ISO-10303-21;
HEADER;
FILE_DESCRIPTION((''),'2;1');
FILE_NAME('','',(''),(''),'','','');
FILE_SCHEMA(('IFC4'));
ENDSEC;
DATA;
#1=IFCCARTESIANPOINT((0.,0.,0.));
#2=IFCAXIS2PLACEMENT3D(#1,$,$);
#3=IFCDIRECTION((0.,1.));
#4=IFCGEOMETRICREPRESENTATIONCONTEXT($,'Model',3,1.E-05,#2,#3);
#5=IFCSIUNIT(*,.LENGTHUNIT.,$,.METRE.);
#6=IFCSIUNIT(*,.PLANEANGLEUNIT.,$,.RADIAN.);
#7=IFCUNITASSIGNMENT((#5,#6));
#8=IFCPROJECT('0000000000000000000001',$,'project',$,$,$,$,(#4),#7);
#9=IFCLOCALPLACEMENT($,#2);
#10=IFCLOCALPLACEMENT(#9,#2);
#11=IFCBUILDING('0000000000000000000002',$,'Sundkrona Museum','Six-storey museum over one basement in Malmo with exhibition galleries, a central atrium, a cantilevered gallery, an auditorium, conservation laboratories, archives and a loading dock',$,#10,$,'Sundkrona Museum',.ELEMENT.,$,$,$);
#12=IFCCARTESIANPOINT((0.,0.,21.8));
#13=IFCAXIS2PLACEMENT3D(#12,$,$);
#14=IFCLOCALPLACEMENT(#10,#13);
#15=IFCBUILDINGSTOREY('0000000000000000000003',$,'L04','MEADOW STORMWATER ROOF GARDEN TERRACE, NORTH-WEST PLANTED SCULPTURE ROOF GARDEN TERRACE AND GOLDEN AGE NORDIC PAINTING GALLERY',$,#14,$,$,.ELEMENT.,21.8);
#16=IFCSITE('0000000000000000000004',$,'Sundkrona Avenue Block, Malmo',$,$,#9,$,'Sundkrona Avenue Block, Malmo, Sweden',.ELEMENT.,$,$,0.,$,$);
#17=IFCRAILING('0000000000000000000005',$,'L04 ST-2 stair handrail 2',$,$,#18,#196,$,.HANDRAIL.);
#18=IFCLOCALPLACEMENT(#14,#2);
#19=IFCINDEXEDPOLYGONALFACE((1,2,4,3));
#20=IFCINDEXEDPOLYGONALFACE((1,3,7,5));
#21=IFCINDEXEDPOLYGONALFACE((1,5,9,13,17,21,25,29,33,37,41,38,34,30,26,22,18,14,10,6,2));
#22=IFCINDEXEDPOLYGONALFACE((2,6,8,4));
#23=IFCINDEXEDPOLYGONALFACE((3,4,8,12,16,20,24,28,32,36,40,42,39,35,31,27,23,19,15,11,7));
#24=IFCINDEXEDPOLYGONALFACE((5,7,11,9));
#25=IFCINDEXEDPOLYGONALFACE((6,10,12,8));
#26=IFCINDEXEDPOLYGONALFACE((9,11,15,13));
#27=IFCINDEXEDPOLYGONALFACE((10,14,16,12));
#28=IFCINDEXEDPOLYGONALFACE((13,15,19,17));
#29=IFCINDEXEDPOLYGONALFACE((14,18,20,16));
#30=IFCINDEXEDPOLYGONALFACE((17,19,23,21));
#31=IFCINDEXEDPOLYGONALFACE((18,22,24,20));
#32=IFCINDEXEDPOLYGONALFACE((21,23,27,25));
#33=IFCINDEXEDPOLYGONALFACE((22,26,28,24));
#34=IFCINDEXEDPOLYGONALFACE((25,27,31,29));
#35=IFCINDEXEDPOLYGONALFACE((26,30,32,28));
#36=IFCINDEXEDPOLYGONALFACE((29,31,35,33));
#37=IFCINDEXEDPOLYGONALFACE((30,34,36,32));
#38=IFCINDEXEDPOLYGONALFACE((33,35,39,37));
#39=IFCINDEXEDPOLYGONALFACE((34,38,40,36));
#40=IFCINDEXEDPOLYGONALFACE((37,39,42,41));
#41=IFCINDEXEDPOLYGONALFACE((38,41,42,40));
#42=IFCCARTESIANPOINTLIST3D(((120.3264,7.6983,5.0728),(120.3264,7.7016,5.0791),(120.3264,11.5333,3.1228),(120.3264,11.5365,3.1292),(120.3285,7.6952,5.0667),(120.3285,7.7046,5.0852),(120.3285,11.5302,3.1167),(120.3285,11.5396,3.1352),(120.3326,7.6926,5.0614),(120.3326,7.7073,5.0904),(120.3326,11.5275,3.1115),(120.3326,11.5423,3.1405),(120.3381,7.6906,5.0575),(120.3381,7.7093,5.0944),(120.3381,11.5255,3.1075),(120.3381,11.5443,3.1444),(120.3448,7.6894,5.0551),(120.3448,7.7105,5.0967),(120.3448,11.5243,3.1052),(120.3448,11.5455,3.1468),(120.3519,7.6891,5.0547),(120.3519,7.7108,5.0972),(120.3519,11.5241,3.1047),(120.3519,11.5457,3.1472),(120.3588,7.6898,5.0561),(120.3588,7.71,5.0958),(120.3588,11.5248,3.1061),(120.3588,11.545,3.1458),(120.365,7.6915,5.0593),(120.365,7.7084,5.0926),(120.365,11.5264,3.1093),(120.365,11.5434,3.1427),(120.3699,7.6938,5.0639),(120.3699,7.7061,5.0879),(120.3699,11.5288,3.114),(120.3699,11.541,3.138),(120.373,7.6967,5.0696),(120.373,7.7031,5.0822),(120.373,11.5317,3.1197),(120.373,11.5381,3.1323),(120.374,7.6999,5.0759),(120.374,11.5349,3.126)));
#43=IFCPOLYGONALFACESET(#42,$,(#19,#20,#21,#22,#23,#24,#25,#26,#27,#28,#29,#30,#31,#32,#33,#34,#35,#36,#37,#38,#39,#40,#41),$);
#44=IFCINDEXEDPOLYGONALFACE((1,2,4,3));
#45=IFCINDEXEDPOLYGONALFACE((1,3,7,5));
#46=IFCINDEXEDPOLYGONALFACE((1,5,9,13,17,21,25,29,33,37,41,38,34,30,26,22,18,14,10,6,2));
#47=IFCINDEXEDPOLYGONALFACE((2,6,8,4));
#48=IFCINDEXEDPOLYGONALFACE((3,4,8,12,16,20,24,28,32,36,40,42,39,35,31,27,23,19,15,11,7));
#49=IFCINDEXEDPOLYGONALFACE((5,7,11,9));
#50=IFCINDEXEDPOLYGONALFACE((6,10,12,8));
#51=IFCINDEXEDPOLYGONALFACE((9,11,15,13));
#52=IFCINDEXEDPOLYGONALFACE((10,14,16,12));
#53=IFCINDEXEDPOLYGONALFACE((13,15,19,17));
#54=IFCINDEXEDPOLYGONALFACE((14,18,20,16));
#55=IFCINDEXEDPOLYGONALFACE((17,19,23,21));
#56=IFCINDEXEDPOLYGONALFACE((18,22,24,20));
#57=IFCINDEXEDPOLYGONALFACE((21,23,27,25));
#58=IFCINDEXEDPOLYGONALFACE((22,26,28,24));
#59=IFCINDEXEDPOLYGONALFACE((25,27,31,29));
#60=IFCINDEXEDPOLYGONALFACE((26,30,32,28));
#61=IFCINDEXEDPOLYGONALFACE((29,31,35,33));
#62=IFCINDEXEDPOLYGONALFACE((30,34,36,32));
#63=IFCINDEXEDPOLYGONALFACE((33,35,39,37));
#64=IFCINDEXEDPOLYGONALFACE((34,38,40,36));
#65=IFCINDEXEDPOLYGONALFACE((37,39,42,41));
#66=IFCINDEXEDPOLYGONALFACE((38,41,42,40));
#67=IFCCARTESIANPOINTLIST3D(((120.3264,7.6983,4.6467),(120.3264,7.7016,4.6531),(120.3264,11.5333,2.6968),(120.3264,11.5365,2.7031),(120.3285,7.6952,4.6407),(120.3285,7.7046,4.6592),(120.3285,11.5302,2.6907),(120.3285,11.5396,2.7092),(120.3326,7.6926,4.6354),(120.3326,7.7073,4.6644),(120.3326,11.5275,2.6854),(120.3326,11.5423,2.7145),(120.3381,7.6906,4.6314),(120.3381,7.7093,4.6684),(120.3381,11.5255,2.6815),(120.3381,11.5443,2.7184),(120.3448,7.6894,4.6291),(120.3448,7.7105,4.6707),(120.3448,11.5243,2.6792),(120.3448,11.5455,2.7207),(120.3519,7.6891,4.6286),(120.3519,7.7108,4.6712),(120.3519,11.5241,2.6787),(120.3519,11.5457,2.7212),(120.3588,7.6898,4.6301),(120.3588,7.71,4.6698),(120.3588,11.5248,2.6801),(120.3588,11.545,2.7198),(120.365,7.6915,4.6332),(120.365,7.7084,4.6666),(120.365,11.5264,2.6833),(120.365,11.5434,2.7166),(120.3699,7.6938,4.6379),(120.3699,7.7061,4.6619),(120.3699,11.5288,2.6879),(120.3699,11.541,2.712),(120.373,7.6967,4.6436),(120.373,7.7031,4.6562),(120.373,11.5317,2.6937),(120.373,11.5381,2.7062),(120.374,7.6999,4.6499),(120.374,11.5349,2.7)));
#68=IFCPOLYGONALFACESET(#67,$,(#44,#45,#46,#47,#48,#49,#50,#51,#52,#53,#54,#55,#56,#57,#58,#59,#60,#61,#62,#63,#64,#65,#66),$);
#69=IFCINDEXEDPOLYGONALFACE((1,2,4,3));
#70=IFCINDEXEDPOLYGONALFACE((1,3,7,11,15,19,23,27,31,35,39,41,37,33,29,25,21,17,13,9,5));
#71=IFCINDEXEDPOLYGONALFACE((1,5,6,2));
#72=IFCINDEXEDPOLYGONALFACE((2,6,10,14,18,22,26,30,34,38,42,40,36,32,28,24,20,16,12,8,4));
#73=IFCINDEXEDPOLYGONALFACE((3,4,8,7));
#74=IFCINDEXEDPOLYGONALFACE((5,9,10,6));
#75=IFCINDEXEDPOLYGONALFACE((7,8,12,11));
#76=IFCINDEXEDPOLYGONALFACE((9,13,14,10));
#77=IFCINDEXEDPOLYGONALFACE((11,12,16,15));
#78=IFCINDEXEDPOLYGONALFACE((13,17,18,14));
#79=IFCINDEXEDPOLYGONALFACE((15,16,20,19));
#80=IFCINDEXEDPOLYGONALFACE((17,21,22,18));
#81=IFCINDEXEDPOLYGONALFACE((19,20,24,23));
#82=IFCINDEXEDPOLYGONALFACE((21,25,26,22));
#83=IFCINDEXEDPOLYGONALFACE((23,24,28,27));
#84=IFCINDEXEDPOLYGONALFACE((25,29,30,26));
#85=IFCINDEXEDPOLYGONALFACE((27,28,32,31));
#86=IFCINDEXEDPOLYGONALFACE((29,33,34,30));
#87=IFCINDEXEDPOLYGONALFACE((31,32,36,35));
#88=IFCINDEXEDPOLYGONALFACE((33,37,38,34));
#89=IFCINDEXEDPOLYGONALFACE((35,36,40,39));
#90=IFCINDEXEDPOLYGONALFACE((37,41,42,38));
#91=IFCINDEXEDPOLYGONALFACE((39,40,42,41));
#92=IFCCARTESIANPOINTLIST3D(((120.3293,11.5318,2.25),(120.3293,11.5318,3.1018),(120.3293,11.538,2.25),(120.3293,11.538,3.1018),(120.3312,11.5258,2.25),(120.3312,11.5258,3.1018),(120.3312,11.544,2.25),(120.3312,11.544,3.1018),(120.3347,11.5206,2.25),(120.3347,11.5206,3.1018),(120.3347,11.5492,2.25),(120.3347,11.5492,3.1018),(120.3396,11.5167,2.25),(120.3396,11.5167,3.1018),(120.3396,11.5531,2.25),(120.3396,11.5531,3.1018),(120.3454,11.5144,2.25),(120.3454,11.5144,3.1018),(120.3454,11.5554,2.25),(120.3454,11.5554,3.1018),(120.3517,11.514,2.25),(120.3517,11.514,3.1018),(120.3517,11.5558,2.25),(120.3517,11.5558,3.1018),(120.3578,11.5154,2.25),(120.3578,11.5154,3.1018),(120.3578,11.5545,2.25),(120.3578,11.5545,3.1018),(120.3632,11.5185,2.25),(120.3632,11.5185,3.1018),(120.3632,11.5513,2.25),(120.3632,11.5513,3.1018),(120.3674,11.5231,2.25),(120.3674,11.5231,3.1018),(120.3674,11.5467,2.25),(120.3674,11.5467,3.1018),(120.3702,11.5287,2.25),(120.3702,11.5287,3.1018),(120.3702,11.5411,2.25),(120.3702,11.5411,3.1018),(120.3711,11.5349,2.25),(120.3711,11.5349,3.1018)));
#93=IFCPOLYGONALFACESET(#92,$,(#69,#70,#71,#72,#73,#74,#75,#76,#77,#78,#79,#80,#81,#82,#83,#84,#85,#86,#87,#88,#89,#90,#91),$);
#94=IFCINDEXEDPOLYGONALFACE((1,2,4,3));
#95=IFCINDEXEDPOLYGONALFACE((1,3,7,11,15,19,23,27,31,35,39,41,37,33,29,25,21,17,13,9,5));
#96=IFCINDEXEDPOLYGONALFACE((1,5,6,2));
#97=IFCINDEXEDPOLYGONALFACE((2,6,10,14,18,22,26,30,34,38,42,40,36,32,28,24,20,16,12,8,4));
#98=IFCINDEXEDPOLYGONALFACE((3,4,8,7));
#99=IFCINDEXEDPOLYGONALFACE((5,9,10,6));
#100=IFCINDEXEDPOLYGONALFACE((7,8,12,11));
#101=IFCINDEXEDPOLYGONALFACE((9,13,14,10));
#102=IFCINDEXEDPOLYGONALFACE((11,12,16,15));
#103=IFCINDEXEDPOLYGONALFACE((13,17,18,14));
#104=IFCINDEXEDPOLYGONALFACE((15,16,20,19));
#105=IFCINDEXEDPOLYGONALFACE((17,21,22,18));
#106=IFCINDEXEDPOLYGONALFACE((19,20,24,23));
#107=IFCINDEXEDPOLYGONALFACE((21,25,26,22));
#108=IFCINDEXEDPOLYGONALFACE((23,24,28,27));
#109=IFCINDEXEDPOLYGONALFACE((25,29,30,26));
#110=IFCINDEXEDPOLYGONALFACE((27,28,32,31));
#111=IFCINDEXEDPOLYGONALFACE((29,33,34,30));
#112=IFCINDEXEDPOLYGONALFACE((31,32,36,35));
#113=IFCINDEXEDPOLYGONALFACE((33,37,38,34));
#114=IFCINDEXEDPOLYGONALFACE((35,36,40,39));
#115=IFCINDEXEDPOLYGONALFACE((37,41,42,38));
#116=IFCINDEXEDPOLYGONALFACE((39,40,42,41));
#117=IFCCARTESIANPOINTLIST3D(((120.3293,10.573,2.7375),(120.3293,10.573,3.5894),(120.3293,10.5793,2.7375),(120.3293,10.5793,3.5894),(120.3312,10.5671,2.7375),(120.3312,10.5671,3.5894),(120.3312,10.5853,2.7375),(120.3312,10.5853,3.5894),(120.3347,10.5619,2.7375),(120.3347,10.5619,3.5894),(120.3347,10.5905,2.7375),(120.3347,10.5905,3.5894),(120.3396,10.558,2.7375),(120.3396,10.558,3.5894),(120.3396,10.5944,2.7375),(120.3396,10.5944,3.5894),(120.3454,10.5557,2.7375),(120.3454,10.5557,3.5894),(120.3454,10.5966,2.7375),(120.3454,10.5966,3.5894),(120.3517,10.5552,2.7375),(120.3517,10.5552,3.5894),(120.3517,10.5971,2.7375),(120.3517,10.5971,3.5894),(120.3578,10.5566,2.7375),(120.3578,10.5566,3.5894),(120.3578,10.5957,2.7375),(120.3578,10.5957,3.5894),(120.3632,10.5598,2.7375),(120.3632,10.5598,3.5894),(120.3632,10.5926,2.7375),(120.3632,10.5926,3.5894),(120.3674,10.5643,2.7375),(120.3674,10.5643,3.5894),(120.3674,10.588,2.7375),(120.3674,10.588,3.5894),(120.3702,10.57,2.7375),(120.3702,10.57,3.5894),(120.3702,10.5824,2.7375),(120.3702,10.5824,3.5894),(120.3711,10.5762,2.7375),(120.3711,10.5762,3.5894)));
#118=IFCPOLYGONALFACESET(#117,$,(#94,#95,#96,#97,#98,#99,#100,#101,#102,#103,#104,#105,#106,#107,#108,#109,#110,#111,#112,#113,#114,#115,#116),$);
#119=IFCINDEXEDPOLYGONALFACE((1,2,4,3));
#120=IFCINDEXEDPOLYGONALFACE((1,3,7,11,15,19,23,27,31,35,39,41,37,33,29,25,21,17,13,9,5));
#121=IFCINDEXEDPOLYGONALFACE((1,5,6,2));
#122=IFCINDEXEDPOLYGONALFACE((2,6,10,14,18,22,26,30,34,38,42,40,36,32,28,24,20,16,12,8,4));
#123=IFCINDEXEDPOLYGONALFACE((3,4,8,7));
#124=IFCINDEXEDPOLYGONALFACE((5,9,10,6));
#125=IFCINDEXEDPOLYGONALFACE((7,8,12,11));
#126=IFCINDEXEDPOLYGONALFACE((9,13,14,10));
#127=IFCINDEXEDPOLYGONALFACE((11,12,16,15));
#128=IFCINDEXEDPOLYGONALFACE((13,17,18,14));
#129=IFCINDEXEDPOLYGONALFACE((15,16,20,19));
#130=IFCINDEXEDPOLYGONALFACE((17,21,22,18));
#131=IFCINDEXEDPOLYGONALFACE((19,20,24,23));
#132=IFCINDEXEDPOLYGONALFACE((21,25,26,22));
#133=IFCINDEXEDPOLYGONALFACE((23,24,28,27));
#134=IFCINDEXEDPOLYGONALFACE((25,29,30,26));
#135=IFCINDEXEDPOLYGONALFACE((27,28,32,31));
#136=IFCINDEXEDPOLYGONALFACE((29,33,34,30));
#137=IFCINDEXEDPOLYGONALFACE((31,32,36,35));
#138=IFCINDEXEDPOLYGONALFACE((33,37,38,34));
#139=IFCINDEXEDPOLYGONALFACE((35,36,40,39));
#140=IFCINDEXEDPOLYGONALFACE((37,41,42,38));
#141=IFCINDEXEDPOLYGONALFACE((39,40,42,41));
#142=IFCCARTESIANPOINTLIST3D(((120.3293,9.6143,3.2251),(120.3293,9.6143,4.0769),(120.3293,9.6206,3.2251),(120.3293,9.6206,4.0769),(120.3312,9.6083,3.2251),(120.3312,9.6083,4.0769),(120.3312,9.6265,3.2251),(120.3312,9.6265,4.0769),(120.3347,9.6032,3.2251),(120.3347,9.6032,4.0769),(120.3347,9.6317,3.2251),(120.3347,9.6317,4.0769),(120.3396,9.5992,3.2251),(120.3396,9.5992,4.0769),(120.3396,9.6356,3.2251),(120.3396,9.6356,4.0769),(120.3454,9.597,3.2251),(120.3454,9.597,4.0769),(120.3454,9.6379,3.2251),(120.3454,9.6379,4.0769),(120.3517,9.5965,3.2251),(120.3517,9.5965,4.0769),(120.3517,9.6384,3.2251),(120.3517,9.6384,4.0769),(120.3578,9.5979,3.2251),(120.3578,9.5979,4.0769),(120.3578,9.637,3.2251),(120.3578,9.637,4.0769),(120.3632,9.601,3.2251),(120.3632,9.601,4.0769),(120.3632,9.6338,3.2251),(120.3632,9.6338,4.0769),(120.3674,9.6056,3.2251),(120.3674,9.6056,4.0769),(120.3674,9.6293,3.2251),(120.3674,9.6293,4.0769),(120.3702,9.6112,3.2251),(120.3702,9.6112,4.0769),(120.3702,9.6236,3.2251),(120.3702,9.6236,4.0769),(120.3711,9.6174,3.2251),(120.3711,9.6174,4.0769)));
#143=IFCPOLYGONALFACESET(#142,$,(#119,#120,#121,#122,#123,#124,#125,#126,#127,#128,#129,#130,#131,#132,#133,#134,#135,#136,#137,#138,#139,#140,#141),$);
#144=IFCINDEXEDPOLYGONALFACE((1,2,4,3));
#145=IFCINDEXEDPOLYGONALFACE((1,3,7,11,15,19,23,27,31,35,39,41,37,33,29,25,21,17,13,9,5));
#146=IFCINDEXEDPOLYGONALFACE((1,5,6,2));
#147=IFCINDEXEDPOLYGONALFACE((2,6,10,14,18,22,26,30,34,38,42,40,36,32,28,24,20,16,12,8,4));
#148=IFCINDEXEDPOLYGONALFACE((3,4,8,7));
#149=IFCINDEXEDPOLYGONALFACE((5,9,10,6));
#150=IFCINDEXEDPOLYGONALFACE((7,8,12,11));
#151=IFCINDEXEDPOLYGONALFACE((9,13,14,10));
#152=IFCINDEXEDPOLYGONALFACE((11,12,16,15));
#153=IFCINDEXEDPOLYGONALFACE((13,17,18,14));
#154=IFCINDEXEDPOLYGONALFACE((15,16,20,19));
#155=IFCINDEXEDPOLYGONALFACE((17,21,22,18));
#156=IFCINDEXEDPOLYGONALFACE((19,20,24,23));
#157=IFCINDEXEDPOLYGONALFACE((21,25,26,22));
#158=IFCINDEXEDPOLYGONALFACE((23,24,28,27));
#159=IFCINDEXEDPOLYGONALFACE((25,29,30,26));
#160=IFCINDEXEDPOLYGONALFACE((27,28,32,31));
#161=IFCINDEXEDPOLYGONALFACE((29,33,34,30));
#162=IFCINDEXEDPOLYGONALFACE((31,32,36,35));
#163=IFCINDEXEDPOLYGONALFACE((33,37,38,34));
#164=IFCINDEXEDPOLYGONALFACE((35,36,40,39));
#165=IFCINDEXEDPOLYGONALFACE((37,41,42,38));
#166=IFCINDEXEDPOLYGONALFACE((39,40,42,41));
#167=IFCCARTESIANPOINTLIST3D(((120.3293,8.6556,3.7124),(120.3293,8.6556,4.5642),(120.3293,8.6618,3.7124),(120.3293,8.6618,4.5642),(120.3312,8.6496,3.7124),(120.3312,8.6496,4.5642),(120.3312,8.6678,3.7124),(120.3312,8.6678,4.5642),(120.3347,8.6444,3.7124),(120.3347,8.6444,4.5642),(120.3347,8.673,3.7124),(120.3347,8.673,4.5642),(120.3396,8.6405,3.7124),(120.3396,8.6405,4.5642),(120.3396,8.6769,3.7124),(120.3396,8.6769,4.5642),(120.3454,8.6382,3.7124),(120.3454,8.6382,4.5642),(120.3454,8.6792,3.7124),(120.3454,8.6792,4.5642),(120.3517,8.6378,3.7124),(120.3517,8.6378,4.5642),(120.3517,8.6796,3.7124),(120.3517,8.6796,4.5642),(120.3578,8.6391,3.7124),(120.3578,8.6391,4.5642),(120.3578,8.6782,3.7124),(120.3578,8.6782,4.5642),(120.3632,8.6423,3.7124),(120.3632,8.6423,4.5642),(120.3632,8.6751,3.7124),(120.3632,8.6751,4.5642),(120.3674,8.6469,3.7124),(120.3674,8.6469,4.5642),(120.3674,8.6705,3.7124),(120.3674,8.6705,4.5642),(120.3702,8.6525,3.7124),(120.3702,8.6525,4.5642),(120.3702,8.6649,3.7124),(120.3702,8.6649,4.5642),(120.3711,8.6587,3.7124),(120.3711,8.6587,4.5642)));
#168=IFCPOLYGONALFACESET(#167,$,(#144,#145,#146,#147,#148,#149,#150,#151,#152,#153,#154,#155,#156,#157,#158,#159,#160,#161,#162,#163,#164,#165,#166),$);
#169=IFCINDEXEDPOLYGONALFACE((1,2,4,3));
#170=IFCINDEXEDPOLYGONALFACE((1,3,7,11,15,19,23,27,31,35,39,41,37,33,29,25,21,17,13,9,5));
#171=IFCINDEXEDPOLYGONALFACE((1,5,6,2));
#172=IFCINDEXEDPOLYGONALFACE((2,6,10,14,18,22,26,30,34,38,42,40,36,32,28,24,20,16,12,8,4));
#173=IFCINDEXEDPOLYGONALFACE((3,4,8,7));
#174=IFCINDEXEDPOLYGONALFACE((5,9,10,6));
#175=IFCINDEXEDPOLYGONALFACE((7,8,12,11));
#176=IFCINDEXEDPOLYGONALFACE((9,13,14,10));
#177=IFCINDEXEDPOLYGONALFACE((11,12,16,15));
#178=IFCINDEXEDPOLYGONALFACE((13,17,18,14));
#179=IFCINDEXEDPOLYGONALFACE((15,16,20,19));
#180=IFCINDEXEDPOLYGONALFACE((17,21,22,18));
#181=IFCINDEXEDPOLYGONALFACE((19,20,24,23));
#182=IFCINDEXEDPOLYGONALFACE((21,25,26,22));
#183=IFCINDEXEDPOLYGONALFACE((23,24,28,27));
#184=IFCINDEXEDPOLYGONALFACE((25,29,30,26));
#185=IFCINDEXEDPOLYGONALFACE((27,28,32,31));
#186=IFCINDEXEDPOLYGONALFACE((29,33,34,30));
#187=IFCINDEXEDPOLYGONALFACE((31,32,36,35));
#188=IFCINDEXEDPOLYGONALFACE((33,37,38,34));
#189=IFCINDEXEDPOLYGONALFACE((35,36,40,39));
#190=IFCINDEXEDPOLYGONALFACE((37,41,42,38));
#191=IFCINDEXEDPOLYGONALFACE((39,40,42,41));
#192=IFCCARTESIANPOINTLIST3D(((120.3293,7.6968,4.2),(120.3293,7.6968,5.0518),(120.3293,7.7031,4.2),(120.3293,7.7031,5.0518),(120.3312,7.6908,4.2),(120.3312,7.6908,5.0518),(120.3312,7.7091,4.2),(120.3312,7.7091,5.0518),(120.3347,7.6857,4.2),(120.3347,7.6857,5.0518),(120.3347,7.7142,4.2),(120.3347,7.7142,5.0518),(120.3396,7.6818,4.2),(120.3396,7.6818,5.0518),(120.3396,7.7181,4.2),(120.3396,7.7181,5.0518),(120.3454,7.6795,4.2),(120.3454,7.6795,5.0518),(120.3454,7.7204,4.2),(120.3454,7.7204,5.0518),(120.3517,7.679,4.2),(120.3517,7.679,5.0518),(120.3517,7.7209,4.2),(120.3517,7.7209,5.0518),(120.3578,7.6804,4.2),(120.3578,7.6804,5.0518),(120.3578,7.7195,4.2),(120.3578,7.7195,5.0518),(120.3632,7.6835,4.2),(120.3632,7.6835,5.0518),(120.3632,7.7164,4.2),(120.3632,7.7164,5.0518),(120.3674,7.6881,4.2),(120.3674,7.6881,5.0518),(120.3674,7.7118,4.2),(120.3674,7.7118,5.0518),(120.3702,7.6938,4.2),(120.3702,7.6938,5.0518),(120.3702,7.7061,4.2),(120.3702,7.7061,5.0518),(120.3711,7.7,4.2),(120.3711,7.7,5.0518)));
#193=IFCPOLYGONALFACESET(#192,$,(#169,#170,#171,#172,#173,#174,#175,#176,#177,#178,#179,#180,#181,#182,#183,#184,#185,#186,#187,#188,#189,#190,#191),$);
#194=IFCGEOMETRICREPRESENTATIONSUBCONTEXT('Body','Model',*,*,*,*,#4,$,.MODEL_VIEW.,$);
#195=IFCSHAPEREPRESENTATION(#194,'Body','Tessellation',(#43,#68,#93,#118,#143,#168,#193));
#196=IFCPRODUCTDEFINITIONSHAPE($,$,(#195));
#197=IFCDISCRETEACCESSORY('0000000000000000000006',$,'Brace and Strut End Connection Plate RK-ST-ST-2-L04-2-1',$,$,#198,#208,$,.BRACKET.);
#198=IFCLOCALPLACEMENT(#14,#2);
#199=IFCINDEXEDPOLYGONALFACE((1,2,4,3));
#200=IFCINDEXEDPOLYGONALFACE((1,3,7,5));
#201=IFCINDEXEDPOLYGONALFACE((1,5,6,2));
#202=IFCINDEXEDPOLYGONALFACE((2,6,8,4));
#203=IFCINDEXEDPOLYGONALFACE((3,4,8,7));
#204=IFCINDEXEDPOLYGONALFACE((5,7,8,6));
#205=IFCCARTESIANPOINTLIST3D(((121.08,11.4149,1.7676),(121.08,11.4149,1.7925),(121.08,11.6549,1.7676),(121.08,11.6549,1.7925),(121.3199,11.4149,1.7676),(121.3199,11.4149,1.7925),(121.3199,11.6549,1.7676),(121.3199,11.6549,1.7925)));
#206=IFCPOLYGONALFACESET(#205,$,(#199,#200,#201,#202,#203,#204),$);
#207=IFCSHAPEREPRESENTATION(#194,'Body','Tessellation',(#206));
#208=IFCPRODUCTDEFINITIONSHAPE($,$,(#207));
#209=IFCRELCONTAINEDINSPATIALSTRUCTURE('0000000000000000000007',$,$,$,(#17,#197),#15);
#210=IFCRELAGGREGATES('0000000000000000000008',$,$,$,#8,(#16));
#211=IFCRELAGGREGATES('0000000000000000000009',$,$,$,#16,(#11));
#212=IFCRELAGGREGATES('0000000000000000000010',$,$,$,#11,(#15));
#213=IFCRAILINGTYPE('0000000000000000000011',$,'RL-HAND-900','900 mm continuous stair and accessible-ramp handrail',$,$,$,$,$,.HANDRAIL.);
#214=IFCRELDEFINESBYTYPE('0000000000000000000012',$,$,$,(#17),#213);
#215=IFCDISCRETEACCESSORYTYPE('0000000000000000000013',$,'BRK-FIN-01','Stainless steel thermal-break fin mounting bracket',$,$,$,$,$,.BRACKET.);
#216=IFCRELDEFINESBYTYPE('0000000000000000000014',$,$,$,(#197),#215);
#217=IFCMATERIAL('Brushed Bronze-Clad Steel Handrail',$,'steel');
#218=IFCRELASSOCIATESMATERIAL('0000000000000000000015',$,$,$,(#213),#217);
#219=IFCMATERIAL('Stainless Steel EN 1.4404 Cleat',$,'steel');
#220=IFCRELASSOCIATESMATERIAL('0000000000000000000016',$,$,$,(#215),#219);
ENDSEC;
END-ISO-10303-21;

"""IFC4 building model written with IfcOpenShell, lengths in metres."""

from ifc_helpers import new_model, si_unit, direction, frame, origin, origin_2d, place, context, subcontext, project, spatial, rectangle, circle, extrude, material, type_object, element, save


model = new_model("IFC4")

# Units and contexts
model_context = context("Model", 3, precision=1e-05, world=origin(), true_north=direction((0.0, 1.0)))
body_context = subcontext(model_context, "Body", "Model", "MODEL_VIEW")
ifc_project = project(units=[si_unit("LENGTHUNIT", "METRE"), si_unit("PLANEANGLEUNIT", "RADIAN")], contexts=[model_context])

# Site, building, storey
site_placement = place(None, origin())
site = spatial("IfcSite", under=ifc_project, at=site_placement, Name="Sundkrona Avenue Block, Malmo", LongName="Sundkrona Avenue Block, Malmo, Sweden", CompositionType="ELEMENT", RefElevation=0.0)
building_placement = place(site_placement, origin())
building = spatial("IfcBuilding", under=site, at=building_placement, Name="Sundkrona Museum", Description="Six-storey museum over one basement in Malmo with exhibition galleries, a central atrium, a cantilevered gallery, an auditorium, conservation laboratories, archives and a loading dock", LongName="Sundkrona Museum", CompositionType="ELEMENT")
storey_placement = place(building_placement, frame((0.0, 0.0, 21.8)))
storey = spatial("IfcBuildingStorey", under=building, at=storey_placement, Name="L04", Description="MEADOW STORMWATER ROOF GARDEN TERRACE, NORTH-WEST PLANTED SCULPTURE ROOF GARDEN TERRACE AND GOLDEN AGE NORDIC PAINTING GALLERY", CompositionType="ELEMENT", Elevation=21.8)

# Railing
ifc_material_1 = material(Name="Brushed Bronze-Clad Steel Handrail", Category="steel")
railing_type_1 = type_object("IfcRailingType", Name="RL-HAND-900", Description="900 mm continuous stair and accessible-ramp handrail", PredefinedType="HANDRAIL", material=ifc_material_1)
railing_1_placement = place(storey_placement, frame((120.3501, 11.5349, 2.25)))
element("IfcRailing", 1, at=railing_1_placement, inside=storey, type_object=railing_type_1, Name="L04 ST-2 stair handrail 2", PredefinedType="HANDRAIL", context=body_context, shape_type="SweptSolid", body=[
    extrude(circle(Radius=0.0239, at=origin_2d()), frame((0.0, 0.0, 0.876), z_axis=(0.0, -0.891388, 0.453241), x_axis=(1.0, 0.0, 0.0)), (0.0, 0.0, 1.0), 4.3022),
    extrude(circle(Radius=0.0239, at=origin_2d()), frame((0.0, 0.0, 0.45), z_axis=(0.0, -0.891388, 0.453241), x_axis=(1.0, 0.0, 0.0)), (0.0, 0.0, 1.0), 4.3022),
    extrude(circle(Radius=0.021, at=origin_2d()), origin(), (0.0, 0.0, 1.0), 0.8518),
    extrude(circle(Radius=0.021, at=origin_2d()), frame((0.0, -0.9587, 0.4875)), (0.0, 0.0, 1.0), 0.8518),
    extrude(circle(Radius=0.021, at=origin_2d()), frame((0.0, -1.9175, 0.9751)), (0.0, 0.0, 1.0), 0.8518),
    extrude(circle(Radius=0.021, at=origin_2d()), frame((0.0, -2.8762, 1.4624)), (0.0, 0.0, 1.0), 0.8518),
    extrude(circle(Radius=0.021, at=origin_2d()), frame((0.0, -3.835, 1.95)), (0.0, 0.0, 1.0), 0.8518),
])

# Discrete accessory
ifc_material_2 = material(Name="Stainless Steel EN 1.4404 Cleat", Category="steel")
discrete_accessory_type = type_object("IfcDiscreteAccessoryType", Name="BRK-FIN-01", Description="Stainless steel thermal-break fin mounting bracket", PredefinedType="BRACKET", material=ifc_material_2)
for number, where, z_axis, x_axis, name in (
    (2, (121.2, 11.5349, 1.7676), (0.0, 0.0, 1.0), (1.0, 0.0, 0.0), "Brace and Strut End Connection Plate RK-ST-ST-2-L04-2-1"),
):
    element("IfcDiscreteAccessory", number, at=place(storey_placement, frame(where, z_axis=z_axis, x_axis=x_axis)), inside=storey, type_object=discrete_accessory_type, Name=name, PredefinedType="BRACKET", context=body_context, shape_type="SweptSolid", body=[
        extrude(rectangle(XDim=0.24, YDim=0.24, at=origin_2d()), origin(), (0.0, 0.0, 1.0), 0.0249),
    ])

save(model, "model.ifc")
